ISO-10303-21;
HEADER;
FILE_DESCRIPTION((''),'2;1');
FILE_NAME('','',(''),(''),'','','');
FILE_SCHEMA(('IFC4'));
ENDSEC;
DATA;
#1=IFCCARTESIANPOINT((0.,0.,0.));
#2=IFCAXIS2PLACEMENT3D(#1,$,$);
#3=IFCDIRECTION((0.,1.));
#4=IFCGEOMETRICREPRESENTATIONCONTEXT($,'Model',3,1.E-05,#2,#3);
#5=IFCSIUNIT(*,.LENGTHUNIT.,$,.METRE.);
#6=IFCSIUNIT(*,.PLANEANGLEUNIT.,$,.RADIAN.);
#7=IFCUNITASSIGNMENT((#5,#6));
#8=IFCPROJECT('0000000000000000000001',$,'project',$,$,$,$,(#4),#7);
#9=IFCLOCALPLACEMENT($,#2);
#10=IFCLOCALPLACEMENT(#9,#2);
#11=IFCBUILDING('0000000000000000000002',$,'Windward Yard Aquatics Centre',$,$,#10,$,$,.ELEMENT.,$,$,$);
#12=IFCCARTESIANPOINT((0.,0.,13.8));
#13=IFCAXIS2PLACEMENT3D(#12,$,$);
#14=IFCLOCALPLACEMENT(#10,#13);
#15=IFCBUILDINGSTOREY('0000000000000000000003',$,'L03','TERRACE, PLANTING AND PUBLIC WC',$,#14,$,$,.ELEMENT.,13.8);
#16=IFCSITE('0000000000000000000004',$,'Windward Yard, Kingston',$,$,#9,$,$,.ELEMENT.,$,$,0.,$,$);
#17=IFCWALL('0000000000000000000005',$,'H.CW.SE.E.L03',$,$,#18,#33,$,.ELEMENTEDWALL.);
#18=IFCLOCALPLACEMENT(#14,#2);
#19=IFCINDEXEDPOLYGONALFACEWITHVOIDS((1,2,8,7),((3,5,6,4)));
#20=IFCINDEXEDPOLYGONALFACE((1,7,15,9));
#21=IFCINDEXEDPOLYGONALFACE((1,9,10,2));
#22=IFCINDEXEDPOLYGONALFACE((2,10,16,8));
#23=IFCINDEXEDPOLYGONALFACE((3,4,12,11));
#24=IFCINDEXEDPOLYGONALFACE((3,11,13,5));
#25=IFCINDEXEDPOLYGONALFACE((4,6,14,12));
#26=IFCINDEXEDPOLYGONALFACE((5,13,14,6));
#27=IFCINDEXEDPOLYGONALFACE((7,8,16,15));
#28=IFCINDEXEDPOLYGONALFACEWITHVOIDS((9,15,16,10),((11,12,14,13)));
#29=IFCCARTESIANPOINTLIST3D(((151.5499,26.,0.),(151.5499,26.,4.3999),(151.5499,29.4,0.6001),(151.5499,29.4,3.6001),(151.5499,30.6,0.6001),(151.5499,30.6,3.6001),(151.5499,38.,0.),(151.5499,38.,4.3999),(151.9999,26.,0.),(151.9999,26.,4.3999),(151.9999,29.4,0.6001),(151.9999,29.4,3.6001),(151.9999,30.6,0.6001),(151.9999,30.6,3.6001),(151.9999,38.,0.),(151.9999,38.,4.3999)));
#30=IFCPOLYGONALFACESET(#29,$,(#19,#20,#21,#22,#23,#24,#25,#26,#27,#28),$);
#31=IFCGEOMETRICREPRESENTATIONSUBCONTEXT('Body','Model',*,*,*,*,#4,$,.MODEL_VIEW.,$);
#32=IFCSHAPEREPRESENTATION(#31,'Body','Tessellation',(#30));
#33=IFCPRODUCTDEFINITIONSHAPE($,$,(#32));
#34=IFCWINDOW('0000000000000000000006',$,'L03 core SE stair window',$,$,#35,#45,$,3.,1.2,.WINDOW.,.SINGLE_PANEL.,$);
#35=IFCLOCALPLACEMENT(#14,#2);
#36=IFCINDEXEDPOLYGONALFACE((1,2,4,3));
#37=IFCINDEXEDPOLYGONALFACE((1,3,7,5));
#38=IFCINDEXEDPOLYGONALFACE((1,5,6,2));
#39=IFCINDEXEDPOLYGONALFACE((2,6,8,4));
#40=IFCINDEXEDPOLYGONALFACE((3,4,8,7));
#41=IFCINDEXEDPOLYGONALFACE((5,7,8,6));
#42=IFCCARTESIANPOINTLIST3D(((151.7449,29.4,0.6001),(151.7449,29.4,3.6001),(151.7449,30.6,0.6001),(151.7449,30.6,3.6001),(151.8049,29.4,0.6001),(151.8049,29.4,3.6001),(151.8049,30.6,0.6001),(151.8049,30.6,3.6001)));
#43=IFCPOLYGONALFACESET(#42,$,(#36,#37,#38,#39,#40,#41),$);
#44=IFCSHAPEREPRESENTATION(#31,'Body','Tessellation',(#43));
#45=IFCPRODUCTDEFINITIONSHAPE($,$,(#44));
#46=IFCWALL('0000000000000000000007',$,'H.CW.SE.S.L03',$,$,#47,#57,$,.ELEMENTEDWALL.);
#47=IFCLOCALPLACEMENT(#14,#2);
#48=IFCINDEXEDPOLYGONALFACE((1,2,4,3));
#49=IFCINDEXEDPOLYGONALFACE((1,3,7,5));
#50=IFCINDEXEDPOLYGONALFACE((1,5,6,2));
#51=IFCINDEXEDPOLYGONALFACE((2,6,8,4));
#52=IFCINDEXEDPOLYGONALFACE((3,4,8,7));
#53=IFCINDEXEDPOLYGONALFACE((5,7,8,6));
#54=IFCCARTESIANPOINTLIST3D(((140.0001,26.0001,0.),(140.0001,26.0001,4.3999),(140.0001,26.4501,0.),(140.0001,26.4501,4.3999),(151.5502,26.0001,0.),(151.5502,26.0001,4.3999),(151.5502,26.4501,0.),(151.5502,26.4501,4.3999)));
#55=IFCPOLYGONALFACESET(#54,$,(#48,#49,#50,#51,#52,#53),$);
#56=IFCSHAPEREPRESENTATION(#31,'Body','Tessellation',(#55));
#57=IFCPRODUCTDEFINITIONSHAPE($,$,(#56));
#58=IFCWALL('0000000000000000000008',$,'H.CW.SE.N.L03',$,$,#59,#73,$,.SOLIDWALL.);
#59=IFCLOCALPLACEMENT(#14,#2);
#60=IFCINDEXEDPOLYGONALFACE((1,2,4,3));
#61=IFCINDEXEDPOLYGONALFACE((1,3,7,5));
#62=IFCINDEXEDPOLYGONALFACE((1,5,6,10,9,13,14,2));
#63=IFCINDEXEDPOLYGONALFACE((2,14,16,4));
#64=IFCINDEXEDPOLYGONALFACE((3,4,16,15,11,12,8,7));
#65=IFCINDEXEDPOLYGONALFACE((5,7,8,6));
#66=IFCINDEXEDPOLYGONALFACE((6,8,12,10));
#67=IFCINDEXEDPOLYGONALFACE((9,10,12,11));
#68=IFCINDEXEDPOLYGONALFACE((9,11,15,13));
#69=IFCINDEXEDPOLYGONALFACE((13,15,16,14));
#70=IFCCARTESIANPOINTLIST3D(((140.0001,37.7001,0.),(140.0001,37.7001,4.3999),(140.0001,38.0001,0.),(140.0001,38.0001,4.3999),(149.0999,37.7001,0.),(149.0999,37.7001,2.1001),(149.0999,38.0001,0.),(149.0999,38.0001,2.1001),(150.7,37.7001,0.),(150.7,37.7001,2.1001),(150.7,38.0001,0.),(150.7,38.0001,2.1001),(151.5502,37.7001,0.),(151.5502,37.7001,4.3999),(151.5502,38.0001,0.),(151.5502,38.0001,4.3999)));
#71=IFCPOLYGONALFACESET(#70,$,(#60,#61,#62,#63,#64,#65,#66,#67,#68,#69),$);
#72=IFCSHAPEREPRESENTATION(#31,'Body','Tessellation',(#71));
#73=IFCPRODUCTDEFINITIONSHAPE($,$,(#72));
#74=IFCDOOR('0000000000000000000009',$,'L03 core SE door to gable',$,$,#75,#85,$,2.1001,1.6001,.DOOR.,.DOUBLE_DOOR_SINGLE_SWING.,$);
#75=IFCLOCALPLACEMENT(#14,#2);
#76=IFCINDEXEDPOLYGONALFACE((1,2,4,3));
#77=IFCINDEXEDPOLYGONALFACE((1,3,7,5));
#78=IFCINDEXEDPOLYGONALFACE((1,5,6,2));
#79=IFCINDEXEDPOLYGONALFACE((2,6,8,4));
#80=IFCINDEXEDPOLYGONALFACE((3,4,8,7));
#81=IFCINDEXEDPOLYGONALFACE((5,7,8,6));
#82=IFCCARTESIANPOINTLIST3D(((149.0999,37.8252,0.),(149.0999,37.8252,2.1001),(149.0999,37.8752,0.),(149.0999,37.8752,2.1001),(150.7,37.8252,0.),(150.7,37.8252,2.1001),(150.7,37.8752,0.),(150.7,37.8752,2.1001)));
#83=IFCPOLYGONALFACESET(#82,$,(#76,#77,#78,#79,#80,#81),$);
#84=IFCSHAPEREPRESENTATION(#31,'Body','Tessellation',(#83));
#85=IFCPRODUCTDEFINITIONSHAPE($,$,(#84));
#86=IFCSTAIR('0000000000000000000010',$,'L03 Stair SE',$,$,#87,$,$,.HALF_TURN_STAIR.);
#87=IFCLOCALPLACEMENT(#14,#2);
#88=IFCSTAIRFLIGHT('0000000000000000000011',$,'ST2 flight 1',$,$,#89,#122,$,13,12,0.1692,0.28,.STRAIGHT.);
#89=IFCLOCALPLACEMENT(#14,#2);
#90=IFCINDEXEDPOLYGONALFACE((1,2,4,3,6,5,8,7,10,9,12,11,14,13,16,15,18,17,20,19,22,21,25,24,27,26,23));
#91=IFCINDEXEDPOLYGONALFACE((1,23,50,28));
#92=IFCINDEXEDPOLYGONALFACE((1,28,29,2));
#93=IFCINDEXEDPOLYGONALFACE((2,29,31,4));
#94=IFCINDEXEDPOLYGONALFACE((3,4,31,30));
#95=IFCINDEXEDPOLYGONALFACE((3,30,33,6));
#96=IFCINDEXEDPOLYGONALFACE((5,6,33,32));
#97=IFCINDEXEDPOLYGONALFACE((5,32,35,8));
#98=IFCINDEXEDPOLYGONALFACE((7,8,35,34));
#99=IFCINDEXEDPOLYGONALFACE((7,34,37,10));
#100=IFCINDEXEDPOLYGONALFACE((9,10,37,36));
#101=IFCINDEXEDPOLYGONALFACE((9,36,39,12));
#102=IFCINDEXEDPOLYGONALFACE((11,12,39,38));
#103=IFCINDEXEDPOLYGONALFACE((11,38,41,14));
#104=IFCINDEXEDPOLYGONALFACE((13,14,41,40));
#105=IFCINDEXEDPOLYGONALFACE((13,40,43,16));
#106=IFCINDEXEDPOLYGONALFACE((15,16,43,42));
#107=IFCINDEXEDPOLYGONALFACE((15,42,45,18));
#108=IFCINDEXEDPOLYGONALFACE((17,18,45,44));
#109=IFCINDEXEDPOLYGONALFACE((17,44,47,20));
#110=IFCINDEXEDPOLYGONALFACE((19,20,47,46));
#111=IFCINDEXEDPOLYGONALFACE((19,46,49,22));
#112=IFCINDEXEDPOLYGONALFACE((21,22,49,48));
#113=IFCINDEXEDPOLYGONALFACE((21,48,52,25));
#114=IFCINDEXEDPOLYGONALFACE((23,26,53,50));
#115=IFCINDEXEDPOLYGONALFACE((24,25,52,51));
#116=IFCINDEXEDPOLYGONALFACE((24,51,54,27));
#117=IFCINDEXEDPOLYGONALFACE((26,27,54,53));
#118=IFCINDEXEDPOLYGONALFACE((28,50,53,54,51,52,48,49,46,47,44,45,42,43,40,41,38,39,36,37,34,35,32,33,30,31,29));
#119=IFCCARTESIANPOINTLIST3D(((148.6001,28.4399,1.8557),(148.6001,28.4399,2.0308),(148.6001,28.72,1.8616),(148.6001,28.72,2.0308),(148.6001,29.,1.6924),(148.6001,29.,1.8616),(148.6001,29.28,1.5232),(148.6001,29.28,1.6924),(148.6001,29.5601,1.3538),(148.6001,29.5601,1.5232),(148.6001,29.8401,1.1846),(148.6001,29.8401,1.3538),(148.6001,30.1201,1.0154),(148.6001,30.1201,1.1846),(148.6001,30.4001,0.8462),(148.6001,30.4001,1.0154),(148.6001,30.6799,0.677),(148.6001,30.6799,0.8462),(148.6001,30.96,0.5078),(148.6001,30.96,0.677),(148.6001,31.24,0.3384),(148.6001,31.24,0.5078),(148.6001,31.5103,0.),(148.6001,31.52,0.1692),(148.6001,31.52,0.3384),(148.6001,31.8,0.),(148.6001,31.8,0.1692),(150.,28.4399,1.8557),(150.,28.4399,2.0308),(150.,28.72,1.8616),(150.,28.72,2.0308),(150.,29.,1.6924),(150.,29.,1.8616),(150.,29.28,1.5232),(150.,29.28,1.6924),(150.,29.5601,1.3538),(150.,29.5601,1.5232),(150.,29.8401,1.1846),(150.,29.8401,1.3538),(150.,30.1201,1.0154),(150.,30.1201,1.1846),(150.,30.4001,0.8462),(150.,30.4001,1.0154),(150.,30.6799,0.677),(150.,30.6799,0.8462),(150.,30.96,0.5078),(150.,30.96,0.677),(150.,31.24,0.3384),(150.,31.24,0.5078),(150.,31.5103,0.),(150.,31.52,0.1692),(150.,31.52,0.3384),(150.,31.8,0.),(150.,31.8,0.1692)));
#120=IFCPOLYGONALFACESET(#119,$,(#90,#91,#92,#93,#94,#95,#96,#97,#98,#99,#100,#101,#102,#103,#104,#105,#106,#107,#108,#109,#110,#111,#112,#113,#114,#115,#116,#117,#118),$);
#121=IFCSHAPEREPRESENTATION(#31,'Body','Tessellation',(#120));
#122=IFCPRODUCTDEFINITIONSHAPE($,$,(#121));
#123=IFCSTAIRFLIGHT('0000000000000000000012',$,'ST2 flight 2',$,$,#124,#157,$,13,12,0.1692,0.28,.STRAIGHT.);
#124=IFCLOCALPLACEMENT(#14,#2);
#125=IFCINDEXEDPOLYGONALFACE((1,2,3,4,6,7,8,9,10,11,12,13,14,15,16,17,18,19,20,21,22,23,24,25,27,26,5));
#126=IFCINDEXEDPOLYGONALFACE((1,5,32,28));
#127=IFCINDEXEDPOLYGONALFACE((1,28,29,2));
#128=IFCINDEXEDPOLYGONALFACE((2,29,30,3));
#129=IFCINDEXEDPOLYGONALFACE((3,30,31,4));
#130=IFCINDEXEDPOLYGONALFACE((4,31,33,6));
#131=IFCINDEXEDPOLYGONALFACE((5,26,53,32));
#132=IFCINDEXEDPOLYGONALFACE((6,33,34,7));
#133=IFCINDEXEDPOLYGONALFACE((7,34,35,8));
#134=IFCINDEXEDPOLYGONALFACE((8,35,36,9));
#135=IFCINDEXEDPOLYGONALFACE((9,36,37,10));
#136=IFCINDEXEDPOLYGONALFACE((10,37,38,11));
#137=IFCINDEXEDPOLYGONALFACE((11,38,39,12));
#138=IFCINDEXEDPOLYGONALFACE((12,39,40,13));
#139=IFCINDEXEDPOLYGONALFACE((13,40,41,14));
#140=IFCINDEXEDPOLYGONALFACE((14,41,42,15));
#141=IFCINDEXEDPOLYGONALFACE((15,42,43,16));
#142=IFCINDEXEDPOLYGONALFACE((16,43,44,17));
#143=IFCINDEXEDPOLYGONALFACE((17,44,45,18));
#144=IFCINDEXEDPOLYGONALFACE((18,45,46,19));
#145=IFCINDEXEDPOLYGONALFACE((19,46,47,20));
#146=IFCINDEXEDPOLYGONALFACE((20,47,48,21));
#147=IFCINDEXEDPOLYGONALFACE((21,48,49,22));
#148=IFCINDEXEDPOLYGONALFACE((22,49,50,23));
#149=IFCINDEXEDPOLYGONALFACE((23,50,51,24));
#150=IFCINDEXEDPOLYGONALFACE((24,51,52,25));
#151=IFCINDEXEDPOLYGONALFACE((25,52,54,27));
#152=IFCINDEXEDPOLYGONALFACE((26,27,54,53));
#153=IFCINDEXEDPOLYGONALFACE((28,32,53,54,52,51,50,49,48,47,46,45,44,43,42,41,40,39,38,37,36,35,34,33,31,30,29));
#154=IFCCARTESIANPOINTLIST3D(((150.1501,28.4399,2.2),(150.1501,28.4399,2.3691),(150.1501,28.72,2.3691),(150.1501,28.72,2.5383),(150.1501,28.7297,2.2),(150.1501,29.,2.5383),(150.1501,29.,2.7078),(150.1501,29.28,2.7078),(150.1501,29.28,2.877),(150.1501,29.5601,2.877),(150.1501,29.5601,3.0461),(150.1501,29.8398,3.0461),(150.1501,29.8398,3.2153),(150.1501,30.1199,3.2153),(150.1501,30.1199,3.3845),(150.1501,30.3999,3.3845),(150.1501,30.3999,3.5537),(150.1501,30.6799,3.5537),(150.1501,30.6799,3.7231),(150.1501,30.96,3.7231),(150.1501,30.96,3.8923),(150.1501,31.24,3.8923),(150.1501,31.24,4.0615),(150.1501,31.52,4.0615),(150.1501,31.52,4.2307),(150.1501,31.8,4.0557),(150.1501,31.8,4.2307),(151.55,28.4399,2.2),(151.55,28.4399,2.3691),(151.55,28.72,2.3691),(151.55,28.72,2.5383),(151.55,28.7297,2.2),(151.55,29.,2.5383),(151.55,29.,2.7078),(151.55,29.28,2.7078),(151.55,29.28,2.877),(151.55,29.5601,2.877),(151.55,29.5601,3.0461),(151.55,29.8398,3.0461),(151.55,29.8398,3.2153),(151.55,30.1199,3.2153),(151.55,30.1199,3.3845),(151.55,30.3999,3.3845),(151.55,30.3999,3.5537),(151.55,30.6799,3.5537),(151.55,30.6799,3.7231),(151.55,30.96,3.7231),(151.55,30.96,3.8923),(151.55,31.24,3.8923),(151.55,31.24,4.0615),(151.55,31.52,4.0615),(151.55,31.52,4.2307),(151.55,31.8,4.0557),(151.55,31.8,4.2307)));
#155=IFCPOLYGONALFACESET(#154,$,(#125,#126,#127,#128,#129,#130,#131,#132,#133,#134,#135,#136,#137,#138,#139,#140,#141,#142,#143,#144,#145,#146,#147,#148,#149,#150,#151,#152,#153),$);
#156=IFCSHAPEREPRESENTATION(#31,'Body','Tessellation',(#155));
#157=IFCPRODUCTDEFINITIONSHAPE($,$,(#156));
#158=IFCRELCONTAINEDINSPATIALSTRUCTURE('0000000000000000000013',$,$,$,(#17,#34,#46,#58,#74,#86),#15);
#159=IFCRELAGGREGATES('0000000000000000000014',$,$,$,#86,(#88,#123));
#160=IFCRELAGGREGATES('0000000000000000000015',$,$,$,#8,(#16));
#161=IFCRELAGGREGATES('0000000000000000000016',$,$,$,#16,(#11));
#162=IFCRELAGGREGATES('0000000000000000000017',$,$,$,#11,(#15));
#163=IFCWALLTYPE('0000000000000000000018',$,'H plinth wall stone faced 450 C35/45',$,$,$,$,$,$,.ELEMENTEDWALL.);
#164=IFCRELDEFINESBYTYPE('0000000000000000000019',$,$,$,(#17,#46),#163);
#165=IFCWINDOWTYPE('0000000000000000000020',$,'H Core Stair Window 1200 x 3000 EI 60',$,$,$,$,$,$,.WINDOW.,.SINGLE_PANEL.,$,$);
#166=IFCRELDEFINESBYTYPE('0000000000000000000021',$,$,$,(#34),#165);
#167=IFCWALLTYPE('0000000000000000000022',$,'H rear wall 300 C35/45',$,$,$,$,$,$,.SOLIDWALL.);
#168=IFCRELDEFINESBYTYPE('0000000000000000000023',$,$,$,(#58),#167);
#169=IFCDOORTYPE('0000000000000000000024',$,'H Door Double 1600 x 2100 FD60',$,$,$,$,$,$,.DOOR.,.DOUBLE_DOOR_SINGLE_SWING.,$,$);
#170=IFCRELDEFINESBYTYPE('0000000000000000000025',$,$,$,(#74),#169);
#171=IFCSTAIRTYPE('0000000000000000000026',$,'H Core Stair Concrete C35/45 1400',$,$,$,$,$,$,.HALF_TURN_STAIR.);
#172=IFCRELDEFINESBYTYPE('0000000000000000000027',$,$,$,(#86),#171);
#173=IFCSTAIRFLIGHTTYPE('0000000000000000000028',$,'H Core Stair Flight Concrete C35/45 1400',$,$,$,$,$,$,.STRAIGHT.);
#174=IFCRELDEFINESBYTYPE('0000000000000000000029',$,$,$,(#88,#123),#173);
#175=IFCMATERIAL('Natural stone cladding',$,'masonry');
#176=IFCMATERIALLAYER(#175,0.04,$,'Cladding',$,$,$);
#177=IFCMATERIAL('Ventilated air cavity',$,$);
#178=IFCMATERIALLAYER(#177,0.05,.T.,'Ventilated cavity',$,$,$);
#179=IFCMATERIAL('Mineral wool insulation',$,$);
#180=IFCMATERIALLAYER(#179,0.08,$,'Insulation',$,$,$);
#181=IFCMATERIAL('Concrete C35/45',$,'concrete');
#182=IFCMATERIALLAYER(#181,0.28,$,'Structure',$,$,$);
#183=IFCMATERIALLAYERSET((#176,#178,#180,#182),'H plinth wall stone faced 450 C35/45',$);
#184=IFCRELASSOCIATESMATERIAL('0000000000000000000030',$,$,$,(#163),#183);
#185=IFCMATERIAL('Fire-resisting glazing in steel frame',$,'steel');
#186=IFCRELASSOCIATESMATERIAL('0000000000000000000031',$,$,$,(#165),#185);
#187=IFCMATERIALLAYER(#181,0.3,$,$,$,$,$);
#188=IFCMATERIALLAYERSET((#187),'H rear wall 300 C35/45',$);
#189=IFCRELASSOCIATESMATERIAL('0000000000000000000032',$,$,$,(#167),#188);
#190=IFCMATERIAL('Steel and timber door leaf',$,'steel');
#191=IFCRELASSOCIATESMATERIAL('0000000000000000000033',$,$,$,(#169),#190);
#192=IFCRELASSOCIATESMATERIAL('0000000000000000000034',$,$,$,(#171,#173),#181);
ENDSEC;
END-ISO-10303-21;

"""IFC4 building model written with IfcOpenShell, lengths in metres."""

from ifc_helpers import new_model, si_unit, direction, frame, frame_2d, origin, place, context, subcontext, project, spatial, polyline, rectangle, outline, extrude, material, layer, layer_set, type_object, element, fill, aggregate, save


model = new_model("IFC4")

# Units and contexts
model_context = context("Model", 3, precision=1e-05, world=origin(), true_north=direction((0.0, 1.0)))
body_context = subcontext(model_context, "Body", "Model", "MODEL_VIEW")
ifc_project = project(units=[si_unit("LENGTHUNIT", "METRE"), si_unit("PLANEANGLEUNIT", "RADIAN")], contexts=[model_context])

# Site, building, storey
site_placement = place(None, origin())
site = spatial("IfcSite", under=ifc_project, at=site_placement, Name="Windward Yard, Kingston", CompositionType="ELEMENT", RefElevation=0.0)
building_placement = place(site_placement, origin())
building = spatial("IfcBuilding", under=site, at=building_placement, Name="Windward Yard Aquatics Centre", CompositionType="ELEMENT")
storey_placement = place(building_placement, frame((0.0, 0.0, 13.8)))
storey = spatial("IfcBuildingStorey", under=building, at=storey_placement, Name="L03", Description="TERRACE, PLANTING AND PUBLIC WC", CompositionType="ELEMENT", Elevation=13.8)

# Shared definitions
ifc_material_1 = material(Name="Concrete C35/45", Category="concrete")

# Shared definitions
ifc_material_2 = material(Name="Steel and timber door leaf", Category="steel")

# Wall, opening, window
ifc_material_3 = material(Name="Natural stone cladding", Category="masonry")
ifc_layer_1 = layer(ifc_material_3, 0.04, Name="Cladding")
ifc_material_4 = material(Name="Ventilated air cavity")
ifc_layer_2 = layer(ifc_material_4, 0.05, ventilated=True, Name="Ventilated cavity")
ifc_material_5 = material(Name="Mineral wool insulation")
ifc_layer_3 = layer(ifc_material_5, 0.08, Name="Insulation")
ifc_layer_4 = layer(ifc_material_1, 0.28, Name="Structure")
ifc_layer_set_1 = layer_set([ifc_layer_1, ifc_layer_2, ifc_layer_3, ifc_layer_4], Name="H plinth wall stone faced 450 C35/45")
wall_type_1 = type_object("IfcWallType", Name="H plinth wall stone faced 450 C35/45", PredefinedType="ELEMENTEDWALL", material=ifc_layer_set_1)
wall_1_placement = place(storey_placement, frame((151.7749, 26.0, 0.0), z_axis=(0.0, 0.0, 1.0), x_axis=(0.0, 1.0, 0.0)))
wall_1 = element("IfcWall", 1, at=wall_1_placement, inside=storey, type_object=wall_type_1, Name="H.CW.SE.E.L03", PredefinedType="ELEMENTEDWALL", context=body_context, shape_type="SweptSolid", body=[
    extrude(rectangle(XDim=12.0, YDim=0.45, at=frame_2d((6.0, 0.0))), origin(), (0.0, 0.0, 1.0), 4.3999),
])
opening_1_placement = place(wall_1_placement, frame((3.3999, 0.0, 0.6001)))
opening_1 = element("IfcOpeningElement", 2, at=opening_1_placement, cuts=wall_1, PredefinedType="OPENING", context=body_context, shape_type="SweptSolid", body=[
    extrude(rectangle(XDim=1.2, YDim=3.0, at=frame_2d((0.6001, 1.5))), frame((0.0, 0.2349, 0.0), z_axis=(0.0, -1.0, 0.0), x_axis=(1.0, 0.0, 0.0)), (0.0, 0.0, 1.0), 0.47),
])
ifc_material_6 = material(Name="Fire-resisting glazing in steel frame", Category="steel")
window_type = type_object("IfcWindowType", Name="H Core Stair Window 1200 x 3000 EI 60", PartitioningType="SINGLE_PANEL", PredefinedType="WINDOW", material=ifc_material_6)
window_placement = place(opening_1_placement, origin())
window = element("IfcWindow", 3, at=window_placement, inside=storey, type_object=window_type, Name="L03 core SE stair window", OverallHeight=3.0, OverallWidth=1.2, PartitioningType="SINGLE_PANEL", PredefinedType="WINDOW", context=body_context, shape_type="SweptSolid", body=[
    extrude(rectangle(XDim=1.2, YDim=3.0, at=frame_2d((0.6001, 1.5))), frame((0.0, 0.03, 0.0), z_axis=(0.0, -1.0, 0.0), x_axis=(1.0, 0.0, 0.0)), (0.0, 0.0, 1.0), 0.0601),
])
fill(opening_1, window)

# Wall
wall_2_placement = place(storey_placement, frame((151.55, 26.2251, 0.0), z_axis=(0.0, 0.0, 1.0), x_axis=(-1.0, 0.0, 0.0)))
element("IfcWall", 4, at=wall_2_placement, inside=storey, type_object=wall_type_1, Name="H.CW.SE.S.L03", PredefinedType="ELEMENTEDWALL", context=body_context, shape_type="SweptSolid", body=[
    extrude(rectangle(XDim=11.55, YDim=0.45, at=frame_2d((5.7749, 0.0))), origin(), (0.0, 0.0, 1.0), 4.3999),
])

# Wall, opening, door
ifc_layer_5 = layer(ifc_material_1, 0.3)
ifc_layer_set_2 = layer_set([ifc_layer_5], Name="H rear wall 300 C35/45")
wall_type_2 = type_object("IfcWallType", Name="H rear wall 300 C35/45", PredefinedType="SOLIDWALL", material=ifc_layer_set_2)
wall_3_placement = place(storey_placement, frame((151.55, 37.8501, 0.0), z_axis=(0.0, 0.0, 1.0), x_axis=(-1.0, 0.0, 0.0)))
wall_3 = element("IfcWall", 5, at=wall_3_placement, inside=storey, type_object=wall_type_2, Name="H.CW.SE.N.L03", PredefinedType="SOLIDWALL", context=body_context, shape_type="SweptSolid", body=[
    extrude(rectangle(XDim=11.55, YDim=0.3, at=frame_2d((5.7749, 0.0))), origin(), (0.0, 0.0, 1.0), 4.3999),
])
opening_2_placement = place(wall_3_placement, frame((0.8501, 0.0, 0.0)))
opening_2 = element("IfcOpeningElement", 6, at=opening_2_placement, cuts=wall_3, PredefinedType="OPENING", context=body_context, shape_type="SweptSolid", body=[
    extrude(rectangle(XDim=1.6001, YDim=2.1001, at=frame_2d((0.8, 1.05))), frame((0.0, 0.1602, 0.0), z_axis=(0.0, -1.0, 0.0), x_axis=(1.0, 0.0, 0.0)), (0.0, 0.0, 1.0), 0.3201),
])
door_type_1 = type_object("IfcDoorType", Name="H Door Double 1600 x 2100 FD60", OperationType="DOUBLE_DOOR_SINGLE_SWING", PredefinedType="DOOR", material=ifc_material_2)
door_1_placement = place(opening_2_placement, origin())
door_1 = element("IfcDoor", 7, at=door_1_placement, inside=storey, type_object=door_type_1, Name="L03 core SE door to gable", OperationType="DOUBLE_DOOR_SINGLE_SWING", OverallHeight=2.1001, OverallWidth=1.6001, PredefinedType="DOOR", context=body_context, shape_type="SweptSolid", body=[
    extrude(rectangle(XDim=1.6001, YDim=2.1001, at=frame_2d((0.8, 1.05))), frame((0.0, 0.0249, 0.0), z_axis=(0.0, -1.0, 0.0), x_axis=(1.0, 0.0, 0.0)), (0.0, 0.0, 1.0), 0.05),
])
fill(opening_2, door_1)

# Stair, stair flights
stair_type = type_object("IfcStairType", Name="H Core Stair Concrete C35/45 1400", PredefinedType="HALF_TURN_STAIR", material=ifc_material_1)
stair_placement = place(storey_placement, origin())
stair = element("IfcStair", 8, at=stair_placement, inside=storey, type_object=stair_type, Name="L03 Stair SE", PredefinedType="HALF_TURN_STAIR")
stair_flight_type = type_object("IfcStairFlightType", Name="H Core Stair Flight Concrete C35/45 1400", PredefinedType="STRAIGHT", material=ifc_material_1)
stair_flight_1_placement = place(storey_placement, frame((149.3, 31.8, 0.0), z_axis=(0.0, 0.0, 1.0), x_axis=(0.0, -1.0, 0.0)))
stair_flight_1 = element("IfcStairFlight", 9, at=stair_flight_1_placement, type_object=stair_flight_type, Name="ST2 flight 1", NumberOfRisers=13, NumberOfTreads=12, PredefinedType="STRAIGHT", RiserHeight=0.1692, TreadLength=0.28, context=body_context, shape_type="SweptSolid", body=[
    extrude(outline(polyline([(0.0, 0.0), (0.0, 0.1692), (0.28, 0.1692), (0.28, 0.3384), (0.5601, 0.3384), (0.5601, 0.5078), (0.8401, 0.5078), (0.8401, 0.677), (1.1201, 0.677), (1.1201, 0.8462), (1.3999, 0.8462), (1.3999, 1.0154), (1.6799, 1.0154), (1.6799, 1.1846), (1.96, 1.1846), (1.96, 1.3538), (2.24, 1.3538), (2.24, 1.5232), (2.52, 1.5232), (2.52, 1.6924), (2.8, 1.6924), (2.8, 1.8616), (3.0801, 1.8616), (3.0801, 2.0308), (3.3601, 2.0308), (3.3601, 2.2), (3.3601, 1.8557), (0.2898, 0.0), (0.0, 0.0)])), frame((0.0, 0.7, 0.0), z_axis=(0.0, -1.0, 0.0), x_axis=(1.0, 0.0, 0.0)), (0.0, 0.0, 1.0), 1.3999),
])
stair_flight_2_placement = place(storey_placement, frame((150.8501, 28.4399, 2.2), z_axis=(0.0, 0.0, 1.0), x_axis=(0.0, 1.0, 0.0)))
stair_flight_2 = element("IfcStairFlight", 10, at=stair_flight_2_placement, type_object=stair_flight_type, Name="ST2 flight 2", NumberOfRisers=13, NumberOfTreads=12, PredefinedType="STRAIGHT", RiserHeight=0.1692, TreadLength=0.28, context=body_context, shape_type="SweptSolid", body=[
    extrude(outline(polyline([(0.0, 0.0), (0.0, 0.1692), (0.28, 0.1692), (0.28, 0.3384), (0.5601, 0.3384), (0.5601, 0.5078), (0.8401, 0.5078), (0.8401, 0.677), (1.1201, 0.677), (1.1201, 0.8462), (1.3999, 0.8462), (1.3999, 1.0154), (1.6799, 1.0154), (1.6799, 1.1846), (1.96, 1.1846), (1.96, 1.3538), (2.24, 1.3538), (2.24, 1.5232), (2.52, 1.5232), (2.52, 1.6924), (2.8, 1.6924), (2.8, 1.8616), (3.0801, 1.8616), (3.0801, 2.0308), (3.3601, 2.0308), (3.3601, 2.2), (3.3601, 1.8557), (0.2898, 0.0), (0.0, 0.0)])), frame((0.0, 0.7, 0.0), z_axis=(0.0, -1.0, 0.0), x_axis=(1.0, 0.0, 0.0)), (0.0, 0.0, 1.0), 1.3999),
])
aggregate(stair, [stair_flight_1, stair_flight_2])

save(model, "model.ifc")
